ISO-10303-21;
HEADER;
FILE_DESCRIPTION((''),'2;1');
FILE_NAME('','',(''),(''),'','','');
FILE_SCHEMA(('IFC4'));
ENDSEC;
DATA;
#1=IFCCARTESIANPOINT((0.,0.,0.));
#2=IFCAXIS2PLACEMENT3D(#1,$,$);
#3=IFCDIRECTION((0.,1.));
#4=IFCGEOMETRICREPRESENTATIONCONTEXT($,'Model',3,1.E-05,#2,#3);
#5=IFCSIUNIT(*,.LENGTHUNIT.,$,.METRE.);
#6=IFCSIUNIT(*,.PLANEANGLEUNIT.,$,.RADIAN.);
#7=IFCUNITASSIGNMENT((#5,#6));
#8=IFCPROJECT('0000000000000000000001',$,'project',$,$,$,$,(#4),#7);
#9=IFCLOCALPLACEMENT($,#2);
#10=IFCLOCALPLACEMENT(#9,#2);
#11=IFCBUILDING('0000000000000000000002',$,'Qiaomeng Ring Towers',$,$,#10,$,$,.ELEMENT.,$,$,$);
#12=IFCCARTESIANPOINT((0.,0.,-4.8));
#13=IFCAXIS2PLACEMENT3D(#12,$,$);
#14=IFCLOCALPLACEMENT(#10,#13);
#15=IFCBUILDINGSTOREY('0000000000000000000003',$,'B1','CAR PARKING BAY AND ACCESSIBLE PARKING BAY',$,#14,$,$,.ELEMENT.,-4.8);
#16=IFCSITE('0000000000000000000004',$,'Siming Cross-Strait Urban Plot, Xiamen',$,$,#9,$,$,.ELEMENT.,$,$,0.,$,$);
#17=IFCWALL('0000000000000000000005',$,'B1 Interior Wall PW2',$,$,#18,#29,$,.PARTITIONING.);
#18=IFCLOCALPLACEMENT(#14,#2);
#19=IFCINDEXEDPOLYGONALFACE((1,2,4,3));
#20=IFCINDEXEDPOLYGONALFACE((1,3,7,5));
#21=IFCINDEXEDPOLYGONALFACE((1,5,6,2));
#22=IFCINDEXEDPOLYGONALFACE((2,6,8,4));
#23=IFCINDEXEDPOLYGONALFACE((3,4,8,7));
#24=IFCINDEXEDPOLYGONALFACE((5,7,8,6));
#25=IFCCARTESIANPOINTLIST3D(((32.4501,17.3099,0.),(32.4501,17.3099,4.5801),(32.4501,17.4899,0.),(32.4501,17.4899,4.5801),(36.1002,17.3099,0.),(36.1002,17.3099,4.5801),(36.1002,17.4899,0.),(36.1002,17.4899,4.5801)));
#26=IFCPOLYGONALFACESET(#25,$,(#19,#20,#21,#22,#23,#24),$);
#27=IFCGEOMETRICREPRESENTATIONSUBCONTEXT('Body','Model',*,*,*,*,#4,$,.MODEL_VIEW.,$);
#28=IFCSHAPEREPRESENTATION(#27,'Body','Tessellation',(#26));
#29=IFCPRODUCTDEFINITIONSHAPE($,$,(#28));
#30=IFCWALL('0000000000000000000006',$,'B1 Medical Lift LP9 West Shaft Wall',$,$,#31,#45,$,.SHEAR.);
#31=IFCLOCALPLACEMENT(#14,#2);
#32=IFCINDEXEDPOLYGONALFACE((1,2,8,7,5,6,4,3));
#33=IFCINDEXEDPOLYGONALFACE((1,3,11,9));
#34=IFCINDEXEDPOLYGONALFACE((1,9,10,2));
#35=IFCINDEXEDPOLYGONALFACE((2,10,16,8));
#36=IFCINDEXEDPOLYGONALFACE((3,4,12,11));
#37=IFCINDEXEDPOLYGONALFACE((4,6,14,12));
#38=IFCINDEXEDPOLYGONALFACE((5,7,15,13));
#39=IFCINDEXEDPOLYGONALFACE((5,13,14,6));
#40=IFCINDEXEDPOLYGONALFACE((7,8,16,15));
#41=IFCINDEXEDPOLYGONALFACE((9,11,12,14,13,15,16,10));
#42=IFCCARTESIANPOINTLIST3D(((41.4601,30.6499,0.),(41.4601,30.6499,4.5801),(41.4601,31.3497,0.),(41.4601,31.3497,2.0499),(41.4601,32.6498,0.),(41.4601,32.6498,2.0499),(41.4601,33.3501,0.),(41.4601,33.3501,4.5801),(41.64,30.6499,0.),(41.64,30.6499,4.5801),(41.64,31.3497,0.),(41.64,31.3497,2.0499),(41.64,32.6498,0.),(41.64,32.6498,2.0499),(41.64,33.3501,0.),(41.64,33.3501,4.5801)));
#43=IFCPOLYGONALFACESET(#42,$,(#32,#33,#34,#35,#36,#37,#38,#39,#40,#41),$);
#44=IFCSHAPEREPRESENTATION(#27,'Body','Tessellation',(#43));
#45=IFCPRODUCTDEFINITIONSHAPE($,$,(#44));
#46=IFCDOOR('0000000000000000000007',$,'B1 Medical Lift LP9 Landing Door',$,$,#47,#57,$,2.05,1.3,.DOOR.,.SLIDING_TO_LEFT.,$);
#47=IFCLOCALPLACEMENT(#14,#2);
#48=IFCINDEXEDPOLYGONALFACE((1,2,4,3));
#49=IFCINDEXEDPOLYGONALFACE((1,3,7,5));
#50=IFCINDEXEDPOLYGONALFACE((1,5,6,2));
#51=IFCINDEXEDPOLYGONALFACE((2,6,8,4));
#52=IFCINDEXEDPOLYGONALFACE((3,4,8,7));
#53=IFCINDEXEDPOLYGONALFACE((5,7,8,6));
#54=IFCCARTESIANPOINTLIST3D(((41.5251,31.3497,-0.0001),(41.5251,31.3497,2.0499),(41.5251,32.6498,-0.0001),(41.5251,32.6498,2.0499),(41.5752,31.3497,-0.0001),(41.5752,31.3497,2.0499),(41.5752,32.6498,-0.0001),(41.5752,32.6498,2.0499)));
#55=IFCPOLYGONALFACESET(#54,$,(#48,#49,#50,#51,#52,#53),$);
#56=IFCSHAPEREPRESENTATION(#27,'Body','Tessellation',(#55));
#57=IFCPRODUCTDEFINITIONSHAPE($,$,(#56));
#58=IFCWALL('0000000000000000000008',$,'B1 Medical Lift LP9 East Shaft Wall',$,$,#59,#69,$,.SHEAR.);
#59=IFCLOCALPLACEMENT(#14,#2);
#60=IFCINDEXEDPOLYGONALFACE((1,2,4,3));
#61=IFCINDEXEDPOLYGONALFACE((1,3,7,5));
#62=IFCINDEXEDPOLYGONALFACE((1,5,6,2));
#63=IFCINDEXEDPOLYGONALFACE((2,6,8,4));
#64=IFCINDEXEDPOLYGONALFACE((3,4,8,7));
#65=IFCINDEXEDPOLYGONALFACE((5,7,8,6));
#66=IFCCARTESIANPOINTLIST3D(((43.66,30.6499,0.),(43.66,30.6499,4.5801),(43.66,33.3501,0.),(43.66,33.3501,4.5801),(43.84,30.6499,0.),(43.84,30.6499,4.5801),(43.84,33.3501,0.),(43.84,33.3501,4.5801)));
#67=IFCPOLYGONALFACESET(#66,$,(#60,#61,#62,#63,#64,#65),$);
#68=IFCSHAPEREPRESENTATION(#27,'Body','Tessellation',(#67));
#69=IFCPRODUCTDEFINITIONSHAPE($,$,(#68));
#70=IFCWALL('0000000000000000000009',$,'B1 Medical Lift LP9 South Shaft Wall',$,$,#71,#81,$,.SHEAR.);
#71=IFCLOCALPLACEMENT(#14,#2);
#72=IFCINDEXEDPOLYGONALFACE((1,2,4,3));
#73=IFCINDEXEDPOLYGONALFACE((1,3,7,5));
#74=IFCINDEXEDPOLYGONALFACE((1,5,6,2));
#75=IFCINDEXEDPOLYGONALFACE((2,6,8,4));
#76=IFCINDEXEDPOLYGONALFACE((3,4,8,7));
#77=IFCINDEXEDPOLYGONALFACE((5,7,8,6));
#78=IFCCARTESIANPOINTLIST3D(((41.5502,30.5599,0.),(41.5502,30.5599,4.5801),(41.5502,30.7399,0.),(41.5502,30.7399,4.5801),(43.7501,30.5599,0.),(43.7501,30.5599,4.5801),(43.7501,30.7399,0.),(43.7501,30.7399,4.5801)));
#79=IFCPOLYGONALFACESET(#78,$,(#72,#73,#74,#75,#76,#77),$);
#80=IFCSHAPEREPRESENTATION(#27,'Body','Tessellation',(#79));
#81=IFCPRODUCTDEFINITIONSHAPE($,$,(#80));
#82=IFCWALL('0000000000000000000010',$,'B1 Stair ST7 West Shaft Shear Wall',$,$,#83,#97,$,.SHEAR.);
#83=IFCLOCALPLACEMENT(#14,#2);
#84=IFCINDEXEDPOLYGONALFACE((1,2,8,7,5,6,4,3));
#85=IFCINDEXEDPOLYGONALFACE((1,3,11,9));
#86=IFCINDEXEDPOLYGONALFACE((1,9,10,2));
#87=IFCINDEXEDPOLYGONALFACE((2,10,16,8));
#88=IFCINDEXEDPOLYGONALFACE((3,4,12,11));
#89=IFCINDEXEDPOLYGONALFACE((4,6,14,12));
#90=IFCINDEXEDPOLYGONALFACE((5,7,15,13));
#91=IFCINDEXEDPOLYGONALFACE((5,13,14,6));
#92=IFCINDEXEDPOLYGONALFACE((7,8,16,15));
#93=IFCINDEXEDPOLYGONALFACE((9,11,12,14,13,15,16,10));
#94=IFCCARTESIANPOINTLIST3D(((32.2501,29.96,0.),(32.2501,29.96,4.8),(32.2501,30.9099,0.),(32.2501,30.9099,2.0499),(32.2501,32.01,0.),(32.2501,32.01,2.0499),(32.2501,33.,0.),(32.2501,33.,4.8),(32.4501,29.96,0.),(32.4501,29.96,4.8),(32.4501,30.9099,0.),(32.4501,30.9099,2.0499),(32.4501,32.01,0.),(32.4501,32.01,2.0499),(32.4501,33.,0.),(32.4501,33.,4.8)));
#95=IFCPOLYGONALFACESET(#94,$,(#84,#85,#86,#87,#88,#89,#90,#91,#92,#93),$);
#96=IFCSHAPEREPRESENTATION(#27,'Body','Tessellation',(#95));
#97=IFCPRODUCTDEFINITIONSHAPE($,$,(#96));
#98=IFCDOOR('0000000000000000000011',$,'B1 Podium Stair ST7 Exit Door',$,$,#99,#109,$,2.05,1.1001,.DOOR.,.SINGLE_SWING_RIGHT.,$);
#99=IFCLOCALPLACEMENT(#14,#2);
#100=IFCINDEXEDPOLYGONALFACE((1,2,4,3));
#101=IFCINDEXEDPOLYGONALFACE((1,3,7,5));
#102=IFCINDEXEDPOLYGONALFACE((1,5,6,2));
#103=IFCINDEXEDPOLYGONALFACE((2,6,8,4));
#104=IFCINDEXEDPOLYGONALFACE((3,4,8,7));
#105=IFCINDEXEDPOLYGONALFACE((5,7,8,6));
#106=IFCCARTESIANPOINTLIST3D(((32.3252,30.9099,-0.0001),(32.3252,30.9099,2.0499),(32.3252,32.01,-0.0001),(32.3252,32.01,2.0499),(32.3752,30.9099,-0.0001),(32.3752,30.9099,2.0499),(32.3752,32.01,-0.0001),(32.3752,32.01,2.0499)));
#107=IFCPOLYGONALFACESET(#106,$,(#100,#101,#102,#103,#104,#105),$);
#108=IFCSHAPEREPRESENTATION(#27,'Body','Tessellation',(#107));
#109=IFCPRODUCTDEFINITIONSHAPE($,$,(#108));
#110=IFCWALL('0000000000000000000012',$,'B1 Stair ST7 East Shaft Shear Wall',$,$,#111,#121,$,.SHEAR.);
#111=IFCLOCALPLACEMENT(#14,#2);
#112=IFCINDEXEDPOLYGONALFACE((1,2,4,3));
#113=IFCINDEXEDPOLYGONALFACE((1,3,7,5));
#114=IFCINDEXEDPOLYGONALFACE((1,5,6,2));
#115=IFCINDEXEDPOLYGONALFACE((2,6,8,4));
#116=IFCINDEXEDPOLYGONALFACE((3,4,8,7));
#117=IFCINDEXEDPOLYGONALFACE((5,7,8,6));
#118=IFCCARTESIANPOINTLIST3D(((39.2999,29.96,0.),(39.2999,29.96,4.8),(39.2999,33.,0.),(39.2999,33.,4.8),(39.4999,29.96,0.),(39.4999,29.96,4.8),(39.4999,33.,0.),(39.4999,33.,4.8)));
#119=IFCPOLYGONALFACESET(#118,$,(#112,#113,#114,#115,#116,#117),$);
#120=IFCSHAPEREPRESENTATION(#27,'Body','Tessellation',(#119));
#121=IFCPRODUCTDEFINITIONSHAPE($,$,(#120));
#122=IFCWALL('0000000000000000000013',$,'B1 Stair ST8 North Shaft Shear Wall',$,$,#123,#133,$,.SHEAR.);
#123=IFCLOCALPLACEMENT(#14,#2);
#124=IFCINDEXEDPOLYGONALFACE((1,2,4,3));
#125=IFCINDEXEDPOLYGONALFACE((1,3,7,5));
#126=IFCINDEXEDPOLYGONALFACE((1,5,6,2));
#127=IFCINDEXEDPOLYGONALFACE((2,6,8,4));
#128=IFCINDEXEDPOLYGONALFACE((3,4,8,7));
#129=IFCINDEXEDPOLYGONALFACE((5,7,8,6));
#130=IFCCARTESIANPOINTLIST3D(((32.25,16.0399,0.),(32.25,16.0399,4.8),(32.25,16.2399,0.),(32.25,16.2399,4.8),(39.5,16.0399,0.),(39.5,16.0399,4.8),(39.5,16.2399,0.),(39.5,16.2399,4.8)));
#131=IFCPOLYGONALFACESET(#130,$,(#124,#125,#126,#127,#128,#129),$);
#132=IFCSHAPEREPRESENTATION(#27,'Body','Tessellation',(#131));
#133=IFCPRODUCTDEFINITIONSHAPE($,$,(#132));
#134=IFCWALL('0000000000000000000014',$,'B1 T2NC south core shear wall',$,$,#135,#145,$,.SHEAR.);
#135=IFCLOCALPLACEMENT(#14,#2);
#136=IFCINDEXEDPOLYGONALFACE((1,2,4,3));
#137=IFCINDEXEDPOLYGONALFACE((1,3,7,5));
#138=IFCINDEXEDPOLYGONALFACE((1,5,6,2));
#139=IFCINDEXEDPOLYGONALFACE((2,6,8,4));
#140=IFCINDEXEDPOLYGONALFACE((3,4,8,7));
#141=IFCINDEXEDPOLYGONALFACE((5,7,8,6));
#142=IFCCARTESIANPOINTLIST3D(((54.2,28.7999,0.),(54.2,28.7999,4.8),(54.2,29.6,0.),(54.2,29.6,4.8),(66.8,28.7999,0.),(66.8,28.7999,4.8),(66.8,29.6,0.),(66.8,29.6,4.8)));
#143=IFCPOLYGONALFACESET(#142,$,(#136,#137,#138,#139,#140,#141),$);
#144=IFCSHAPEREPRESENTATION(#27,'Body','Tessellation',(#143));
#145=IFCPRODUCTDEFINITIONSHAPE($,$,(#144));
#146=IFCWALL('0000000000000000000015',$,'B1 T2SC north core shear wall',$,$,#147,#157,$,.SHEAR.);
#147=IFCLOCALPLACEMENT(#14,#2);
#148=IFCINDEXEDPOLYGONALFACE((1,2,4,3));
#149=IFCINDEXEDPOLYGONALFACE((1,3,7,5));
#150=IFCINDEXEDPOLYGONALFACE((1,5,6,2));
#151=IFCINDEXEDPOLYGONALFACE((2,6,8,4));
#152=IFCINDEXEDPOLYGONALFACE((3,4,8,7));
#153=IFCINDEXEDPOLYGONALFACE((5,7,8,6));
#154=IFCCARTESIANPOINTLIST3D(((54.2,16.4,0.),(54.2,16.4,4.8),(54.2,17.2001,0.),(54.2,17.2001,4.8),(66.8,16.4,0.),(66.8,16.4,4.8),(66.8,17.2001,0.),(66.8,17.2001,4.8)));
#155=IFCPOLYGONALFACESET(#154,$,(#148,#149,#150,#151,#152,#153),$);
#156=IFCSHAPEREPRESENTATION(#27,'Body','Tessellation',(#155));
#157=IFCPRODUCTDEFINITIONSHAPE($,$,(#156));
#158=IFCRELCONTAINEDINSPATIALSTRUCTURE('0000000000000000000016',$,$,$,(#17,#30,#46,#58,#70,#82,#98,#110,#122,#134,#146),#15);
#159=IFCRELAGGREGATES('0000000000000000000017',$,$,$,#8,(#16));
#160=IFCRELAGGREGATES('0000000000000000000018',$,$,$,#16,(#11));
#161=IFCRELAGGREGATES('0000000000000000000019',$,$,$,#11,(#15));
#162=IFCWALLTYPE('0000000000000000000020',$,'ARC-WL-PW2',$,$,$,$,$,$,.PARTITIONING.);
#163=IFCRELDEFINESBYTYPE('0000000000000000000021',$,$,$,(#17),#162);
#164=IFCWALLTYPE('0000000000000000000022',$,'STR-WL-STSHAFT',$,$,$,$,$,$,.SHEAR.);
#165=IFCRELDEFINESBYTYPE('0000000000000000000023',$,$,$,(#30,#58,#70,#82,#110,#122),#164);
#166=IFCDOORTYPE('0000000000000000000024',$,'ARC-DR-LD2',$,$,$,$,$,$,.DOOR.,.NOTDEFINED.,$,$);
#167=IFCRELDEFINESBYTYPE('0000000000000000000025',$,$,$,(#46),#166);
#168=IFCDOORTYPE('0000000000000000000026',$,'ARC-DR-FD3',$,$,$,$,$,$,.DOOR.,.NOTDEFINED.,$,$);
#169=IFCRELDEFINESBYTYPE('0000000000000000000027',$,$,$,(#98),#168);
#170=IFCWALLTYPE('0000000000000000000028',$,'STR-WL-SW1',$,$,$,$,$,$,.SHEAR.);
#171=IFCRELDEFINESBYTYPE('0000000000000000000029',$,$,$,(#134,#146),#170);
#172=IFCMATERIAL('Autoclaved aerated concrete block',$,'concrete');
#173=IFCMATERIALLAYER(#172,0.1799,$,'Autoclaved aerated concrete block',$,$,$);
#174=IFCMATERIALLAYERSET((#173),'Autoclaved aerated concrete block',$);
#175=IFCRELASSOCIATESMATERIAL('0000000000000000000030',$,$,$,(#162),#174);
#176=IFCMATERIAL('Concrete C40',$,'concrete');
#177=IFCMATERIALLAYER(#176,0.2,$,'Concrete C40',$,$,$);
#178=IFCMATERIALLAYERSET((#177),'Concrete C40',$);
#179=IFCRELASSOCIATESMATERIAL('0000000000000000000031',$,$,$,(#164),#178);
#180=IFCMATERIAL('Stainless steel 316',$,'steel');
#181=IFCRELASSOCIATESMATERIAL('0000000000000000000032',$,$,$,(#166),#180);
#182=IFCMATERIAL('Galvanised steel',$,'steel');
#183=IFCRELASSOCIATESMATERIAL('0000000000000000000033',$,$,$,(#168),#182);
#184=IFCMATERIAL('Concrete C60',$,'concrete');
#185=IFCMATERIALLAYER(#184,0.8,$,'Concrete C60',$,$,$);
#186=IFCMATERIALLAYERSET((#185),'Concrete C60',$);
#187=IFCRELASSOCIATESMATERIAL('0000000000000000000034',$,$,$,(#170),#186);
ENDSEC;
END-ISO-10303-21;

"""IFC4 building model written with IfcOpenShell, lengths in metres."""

from ifc_helpers import new_model, si_unit, direction, frame, frame_2d, origin, place, context, subcontext, project, spatial, rectangle, extrude, source, transform, mapped, material, layer, layer_set, type_object, element, fill, save


model = new_model("IFC4")

# Units and contexts
model_context = context("Model", 3, precision=1e-05, world=origin(), true_north=direction((0.0, 1.0)))
body_context = subcontext(model_context, "Body", "Model", "MODEL_VIEW")
ifc_project = project(units=[si_unit("LENGTHUNIT", "METRE"), si_unit("PLANEANGLEUNIT", "RADIAN")], contexts=[model_context])

# Site, building, storey
site_placement = place(None, origin())
site = spatial("IfcSite", under=ifc_project, at=site_placement, Name="Siming Cross-Strait Urban Plot, Xiamen", CompositionType="ELEMENT", RefElevation=0.0)
building_placement = place(site_placement, origin())
building = spatial("IfcBuilding", under=site, at=building_placement, Name="Qiaomeng Ring Towers", CompositionType="ELEMENT")
storey_placement = place(building_placement, frame((0.0, 0.0, -4.8)))
storey = spatial("IfcBuildingStorey", under=building, at=storey_placement, Name="B1", Description="CAR PARKING BAY AND ACCESSIBLE PARKING BAY", CompositionType="ELEMENT", Elevation=-4.8)

# Shared definitions
ifc_material_1 = material(Name="Concrete C60", Category="concrete")

# Shared definitions
ifc_material_2 = material(Name="Autoclaved aerated concrete block", Category="concrete")
ifc_layer_1 = layer(ifc_material_2, 0.1799, Name="Autoclaved aerated concrete block")
ifc_layer_set_1 = layer_set([ifc_layer_1], Name="Autoclaved aerated concrete block")
wall_type_1 = type_object("IfcWallType", Name="ARC-WL-PW2", PredefinedType="PARTITIONING", material=ifc_layer_set_1)

# Wall
wall_1_placement = place(storey_placement, frame((32.45, 17.3999, 0.0), z_axis=(0.0, 0.0, 1.0), x_axis=(1.0, 0.0, 0.0)))
element("IfcWall", 1, at=wall_1_placement, inside=storey, type_object=wall_type_1, Name="B1 Interior Wall PW2", PredefinedType="PARTITIONING", context=body_context, shape_type="SweptSolid", body=[
    extrude(rectangle(XDim=3.6501, YDim=0.1799, at=frame_2d((1.8252, 0.0))), origin(), (0.0, 0.0, 1.0), 4.5801),
])

# Wall, opening, door
ifc_material_3 = material(Name="Concrete C40", Category="concrete")
ifc_layer_2 = layer(ifc_material_3, 0.2, Name="Concrete C40")
ifc_layer_set_2 = layer_set([ifc_layer_2], Name="Concrete C40")
wall_type_2 = type_object("IfcWallType", Name="STR-WL-STSHAFT", PredefinedType="SHEAR", material=ifc_layer_set_2)
wall_2_placement = place(storey_placement, frame((41.55, 30.6499, 0.0), z_axis=(0.0, 0.0, 1.0), x_axis=(0.0, 1.0, 0.0)))
wall_2 = element("IfcWall", 2, at=wall_2_placement, inside=storey, type_object=wall_type_2, Name="B1 Medical Lift LP9 West Shaft Wall", PredefinedType="SHEAR", context=body_context, shape_type="SweptSolid", body=[
    extrude(rectangle(XDim=2.7002, YDim=0.1799, at=frame_2d((1.3501, 0.0))), origin(), (0.0, 0.0, 1.0), 4.5801),
])
opening_1_placement = place(wall_2_placement, frame((0.7, 0.0, 0.0)))
opening_1 = element("IfcOpeningElement", 3, at=opening_1_placement, cuts=wall_2, PredefinedType="OPENING", context=body_context, shape_type="SweptSolid", body=[
    extrude(rectangle(XDim=1.3, YDim=2.05, at=frame_2d((0.6499, 1.0249))), frame((0.0, 0.0999, 0.0), z_axis=(0.0, -1.0, 0.0), x_axis=(1.0, 0.0, 0.0)), (0.0, 0.0, 1.0), 0.2),
])
ifc_material_4 = material(Name="Stainless steel 316", Category="steel")
door_type_1 = type_object("IfcDoorType", Name="ARC-DR-LD2", OperationType="NOTDEFINED", PredefinedType="DOOR", material=ifc_material_4)
shared_shape_1 = source(origin(), body_context, "Body", "SweptSolid", [
    extrude(rectangle(XDim=1.3, YDim=2.05, at=frame_2d((0.6499, 1.0249))), frame((0.0, 0.0249, 0.0), z_axis=(0.0, -1.0, 0.0), x_axis=(1.0, 0.0, 0.0)), (0.0, 0.0, 1.0), 0.05),
])
door_1_placement = place(opening_1_placement, origin())
door_1 = element("IfcDoor", 4, at=door_1_placement, inside=storey, type_object=door_type_1, Name="B1 Medical Lift LP9 Landing Door", OperationType="SLIDING_TO_LEFT", OverallHeight=2.05, OverallWidth=1.3, PredefinedType="DOOR", context=body_context, shape_type="MappedRepresentation", body=[
    mapped(shared_shape_1, transform((0.0, 0.0, 0.0), x_axis=(1.0, 0.0, 0.0), y_axis=(0.0, 1.0, 0.0), z_axis=(0.0, 0.0, 1.0), scale=1.0)),
])
fill(opening_1, door_1)

# Walls
wall_3_placement = place(storey_placement, frame((43.75, 30.6499, 0.0), z_axis=(0.0, 0.0, 1.0), x_axis=(0.0, 1.0, 0.0)))
element("IfcWall", 5, at=wall_3_placement, inside=storey, type_object=wall_type_2, Name="B1 Medical Lift LP9 East Shaft Wall", PredefinedType="SHEAR", context=body_context, shape_type="SweptSolid", body=[
    extrude(rectangle(XDim=2.7002, YDim=0.1799, at=frame_2d((1.3501, 0.0))), origin(), (0.0, 0.0, 1.0), 4.5801),
])
wall_4_placement = place(storey_placement, frame((41.55, 30.6499, 0.0), z_axis=(0.0, 0.0, 1.0), x_axis=(1.0, 0.0, 0.0)))
element("IfcWall", 6, at=wall_4_placement, inside=storey, type_object=wall_type_2, Name="B1 Medical Lift LP9 South Shaft Wall", PredefinedType="SHEAR", context=body_context, shape_type="SweptSolid", body=[
    extrude(rectangle(XDim=2.2, YDim=0.1799, at=frame_2d((1.1001, 0.0))), origin(), (0.0, 0.0, 1.0), 4.5801),
])

# Wall, opening, door
wall_5_placement = place(storey_placement, frame((32.3501, 29.96, 0.0), z_axis=(0.0, 0.0, 1.0), x_axis=(0.0, 1.0, 0.0)))
wall_5 = element("IfcWall", 7, at=wall_5_placement, inside=storey, type_object=wall_type_2, Name="B1 Stair ST7 West Shaft Shear Wall", PredefinedType="SHEAR", context=body_context, shape_type="SweptSolid", body=[
    extrude(rectangle(XDim=3.04, YDim=0.2, at=frame_2d((1.52, 0.0))), origin(), (0.0, 0.0, 1.0), 4.8),
])
opening_2_placement = place(wall_5_placement, frame((0.95, 0.0, 0.0)))
opening_2 = element("IfcOpeningElement", 8, at=opening_2_placement, cuts=wall_5, PredefinedType="OPENING", context=body_context, shape_type="SweptSolid", body=[
    extrude(rectangle(XDim=1.1001, YDim=2.05, at=frame_2d((0.55, 1.0249))), frame((0.0, 0.1099, 0.0), z_axis=(0.0, -1.0, 0.0), x_axis=(1.0, 0.0, 0.0)), (0.0, 0.0, 1.0), 0.22),
])
ifc_material_5 = material(Name="Galvanised steel", Category="steel")
door_type_2 = type_object("IfcDoorType", Name="ARC-DR-FD3", OperationType="NOTDEFINED", PredefinedType="DOOR", material=ifc_material_5)
shared_shape_2 = source(origin(), body_context, "Body", "SweptSolid", [
    extrude(rectangle(XDim=1.1001, YDim=2.05, at=frame_2d((0.55, 1.0249))), frame((0.0, 0.0249, 0.0), z_axis=(0.0, -1.0, 0.0), x_axis=(1.0, 0.0, 0.0)), (0.0, 0.0, 1.0), 0.05),
])
door_2_placement = place(opening_2_placement, origin())
door_2 = element("IfcDoor", 9, at=door_2_placement, inside=storey, type_object=door_type_2, Name="B1 Podium Stair ST7 Exit Door", OperationType="SINGLE_SWING_RIGHT", OverallHeight=2.05, OverallWidth=1.1001, PredefinedType="DOOR", context=body_context, shape_type="MappedRepresentation", body=[
    mapped(shared_shape_2, transform((0.0, 0.0, 0.0), x_axis=(1.0, 0.0, 0.0), y_axis=(0.0, 1.0, 0.0), z_axis=(0.0, 0.0, 1.0), scale=1.0)),
])
fill(opening_2, door_2)

# Walls
wall_6_placement = place(storey_placement, frame((39.3999, 29.96, 0.0), z_axis=(0.0, 0.0, 1.0), x_axis=(0.0, 1.0, 0.0)))
element("IfcWall", 10, at=wall_6_placement, inside=storey, type_object=wall_type_2, Name="B1 Stair ST7 East Shaft Shear Wall", PredefinedType="SHEAR", context=body_context, shape_type="SweptSolid", body=[
    extrude(rectangle(XDim=3.04, YDim=0.2, at=frame_2d((1.52, 0.0))), origin(), (0.0, 0.0, 1.0), 4.8),
])
wall_7_placement = place(storey_placement, frame((32.25, 16.1399, 0.0), z_axis=(0.0, 0.0, 1.0), x_axis=(1.0, 0.0, 0.0)))
element("IfcWall", 11, at=wall_7_placement, inside=storey, type_object=wall_type_2, Name="B1 Stair ST8 North Shaft Shear Wall", PredefinedType="SHEAR", context=body_context, shape_type="SweptSolid", body=[
    extrude(rectangle(XDim=7.25, YDim=0.2, at=frame_2d((3.625, 0.0))), origin(), (0.0, 0.0, 1.0), 4.8),
])
ifc_layer_3 = layer(ifc_material_1, 0.8, Name="Concrete C60")
ifc_layer_set_3 = layer_set([ifc_layer_3], Name="Concrete C60")
wall_type_3 = type_object("IfcWallType", Name="STR-WL-SW1", PredefinedType="SHEAR", material=ifc_layer_set_3)
for number, where, z_axis, x_axis, name in (
    (12, (54.2, 29.2, 0.0), (0.0, 0.0, 1.0), (1.0, 0.0, 0.0), "B1 T2NC south core shear wall"),
    (13, (54.2, 16.8, 0.0), (0.0, 0.0, 1.0), (1.0, 0.0, 0.0), "B1 T2SC north core shear wall"),
):
    element("IfcWall", number, at=place(storey_placement, frame(where, z_axis=z_axis, x_axis=x_axis)), inside=storey, type_object=wall_type_3, Name=name, PredefinedType="SHEAR", context=body_context, shape_type="SweptSolid", body=[
        extrude(rectangle(XDim=12.6001, YDim=0.8, at=frame_2d((6.3, 0.0))), origin(), (0.0, 0.0, 1.0), 4.8),
    ])

save(model, "model.ifc")
